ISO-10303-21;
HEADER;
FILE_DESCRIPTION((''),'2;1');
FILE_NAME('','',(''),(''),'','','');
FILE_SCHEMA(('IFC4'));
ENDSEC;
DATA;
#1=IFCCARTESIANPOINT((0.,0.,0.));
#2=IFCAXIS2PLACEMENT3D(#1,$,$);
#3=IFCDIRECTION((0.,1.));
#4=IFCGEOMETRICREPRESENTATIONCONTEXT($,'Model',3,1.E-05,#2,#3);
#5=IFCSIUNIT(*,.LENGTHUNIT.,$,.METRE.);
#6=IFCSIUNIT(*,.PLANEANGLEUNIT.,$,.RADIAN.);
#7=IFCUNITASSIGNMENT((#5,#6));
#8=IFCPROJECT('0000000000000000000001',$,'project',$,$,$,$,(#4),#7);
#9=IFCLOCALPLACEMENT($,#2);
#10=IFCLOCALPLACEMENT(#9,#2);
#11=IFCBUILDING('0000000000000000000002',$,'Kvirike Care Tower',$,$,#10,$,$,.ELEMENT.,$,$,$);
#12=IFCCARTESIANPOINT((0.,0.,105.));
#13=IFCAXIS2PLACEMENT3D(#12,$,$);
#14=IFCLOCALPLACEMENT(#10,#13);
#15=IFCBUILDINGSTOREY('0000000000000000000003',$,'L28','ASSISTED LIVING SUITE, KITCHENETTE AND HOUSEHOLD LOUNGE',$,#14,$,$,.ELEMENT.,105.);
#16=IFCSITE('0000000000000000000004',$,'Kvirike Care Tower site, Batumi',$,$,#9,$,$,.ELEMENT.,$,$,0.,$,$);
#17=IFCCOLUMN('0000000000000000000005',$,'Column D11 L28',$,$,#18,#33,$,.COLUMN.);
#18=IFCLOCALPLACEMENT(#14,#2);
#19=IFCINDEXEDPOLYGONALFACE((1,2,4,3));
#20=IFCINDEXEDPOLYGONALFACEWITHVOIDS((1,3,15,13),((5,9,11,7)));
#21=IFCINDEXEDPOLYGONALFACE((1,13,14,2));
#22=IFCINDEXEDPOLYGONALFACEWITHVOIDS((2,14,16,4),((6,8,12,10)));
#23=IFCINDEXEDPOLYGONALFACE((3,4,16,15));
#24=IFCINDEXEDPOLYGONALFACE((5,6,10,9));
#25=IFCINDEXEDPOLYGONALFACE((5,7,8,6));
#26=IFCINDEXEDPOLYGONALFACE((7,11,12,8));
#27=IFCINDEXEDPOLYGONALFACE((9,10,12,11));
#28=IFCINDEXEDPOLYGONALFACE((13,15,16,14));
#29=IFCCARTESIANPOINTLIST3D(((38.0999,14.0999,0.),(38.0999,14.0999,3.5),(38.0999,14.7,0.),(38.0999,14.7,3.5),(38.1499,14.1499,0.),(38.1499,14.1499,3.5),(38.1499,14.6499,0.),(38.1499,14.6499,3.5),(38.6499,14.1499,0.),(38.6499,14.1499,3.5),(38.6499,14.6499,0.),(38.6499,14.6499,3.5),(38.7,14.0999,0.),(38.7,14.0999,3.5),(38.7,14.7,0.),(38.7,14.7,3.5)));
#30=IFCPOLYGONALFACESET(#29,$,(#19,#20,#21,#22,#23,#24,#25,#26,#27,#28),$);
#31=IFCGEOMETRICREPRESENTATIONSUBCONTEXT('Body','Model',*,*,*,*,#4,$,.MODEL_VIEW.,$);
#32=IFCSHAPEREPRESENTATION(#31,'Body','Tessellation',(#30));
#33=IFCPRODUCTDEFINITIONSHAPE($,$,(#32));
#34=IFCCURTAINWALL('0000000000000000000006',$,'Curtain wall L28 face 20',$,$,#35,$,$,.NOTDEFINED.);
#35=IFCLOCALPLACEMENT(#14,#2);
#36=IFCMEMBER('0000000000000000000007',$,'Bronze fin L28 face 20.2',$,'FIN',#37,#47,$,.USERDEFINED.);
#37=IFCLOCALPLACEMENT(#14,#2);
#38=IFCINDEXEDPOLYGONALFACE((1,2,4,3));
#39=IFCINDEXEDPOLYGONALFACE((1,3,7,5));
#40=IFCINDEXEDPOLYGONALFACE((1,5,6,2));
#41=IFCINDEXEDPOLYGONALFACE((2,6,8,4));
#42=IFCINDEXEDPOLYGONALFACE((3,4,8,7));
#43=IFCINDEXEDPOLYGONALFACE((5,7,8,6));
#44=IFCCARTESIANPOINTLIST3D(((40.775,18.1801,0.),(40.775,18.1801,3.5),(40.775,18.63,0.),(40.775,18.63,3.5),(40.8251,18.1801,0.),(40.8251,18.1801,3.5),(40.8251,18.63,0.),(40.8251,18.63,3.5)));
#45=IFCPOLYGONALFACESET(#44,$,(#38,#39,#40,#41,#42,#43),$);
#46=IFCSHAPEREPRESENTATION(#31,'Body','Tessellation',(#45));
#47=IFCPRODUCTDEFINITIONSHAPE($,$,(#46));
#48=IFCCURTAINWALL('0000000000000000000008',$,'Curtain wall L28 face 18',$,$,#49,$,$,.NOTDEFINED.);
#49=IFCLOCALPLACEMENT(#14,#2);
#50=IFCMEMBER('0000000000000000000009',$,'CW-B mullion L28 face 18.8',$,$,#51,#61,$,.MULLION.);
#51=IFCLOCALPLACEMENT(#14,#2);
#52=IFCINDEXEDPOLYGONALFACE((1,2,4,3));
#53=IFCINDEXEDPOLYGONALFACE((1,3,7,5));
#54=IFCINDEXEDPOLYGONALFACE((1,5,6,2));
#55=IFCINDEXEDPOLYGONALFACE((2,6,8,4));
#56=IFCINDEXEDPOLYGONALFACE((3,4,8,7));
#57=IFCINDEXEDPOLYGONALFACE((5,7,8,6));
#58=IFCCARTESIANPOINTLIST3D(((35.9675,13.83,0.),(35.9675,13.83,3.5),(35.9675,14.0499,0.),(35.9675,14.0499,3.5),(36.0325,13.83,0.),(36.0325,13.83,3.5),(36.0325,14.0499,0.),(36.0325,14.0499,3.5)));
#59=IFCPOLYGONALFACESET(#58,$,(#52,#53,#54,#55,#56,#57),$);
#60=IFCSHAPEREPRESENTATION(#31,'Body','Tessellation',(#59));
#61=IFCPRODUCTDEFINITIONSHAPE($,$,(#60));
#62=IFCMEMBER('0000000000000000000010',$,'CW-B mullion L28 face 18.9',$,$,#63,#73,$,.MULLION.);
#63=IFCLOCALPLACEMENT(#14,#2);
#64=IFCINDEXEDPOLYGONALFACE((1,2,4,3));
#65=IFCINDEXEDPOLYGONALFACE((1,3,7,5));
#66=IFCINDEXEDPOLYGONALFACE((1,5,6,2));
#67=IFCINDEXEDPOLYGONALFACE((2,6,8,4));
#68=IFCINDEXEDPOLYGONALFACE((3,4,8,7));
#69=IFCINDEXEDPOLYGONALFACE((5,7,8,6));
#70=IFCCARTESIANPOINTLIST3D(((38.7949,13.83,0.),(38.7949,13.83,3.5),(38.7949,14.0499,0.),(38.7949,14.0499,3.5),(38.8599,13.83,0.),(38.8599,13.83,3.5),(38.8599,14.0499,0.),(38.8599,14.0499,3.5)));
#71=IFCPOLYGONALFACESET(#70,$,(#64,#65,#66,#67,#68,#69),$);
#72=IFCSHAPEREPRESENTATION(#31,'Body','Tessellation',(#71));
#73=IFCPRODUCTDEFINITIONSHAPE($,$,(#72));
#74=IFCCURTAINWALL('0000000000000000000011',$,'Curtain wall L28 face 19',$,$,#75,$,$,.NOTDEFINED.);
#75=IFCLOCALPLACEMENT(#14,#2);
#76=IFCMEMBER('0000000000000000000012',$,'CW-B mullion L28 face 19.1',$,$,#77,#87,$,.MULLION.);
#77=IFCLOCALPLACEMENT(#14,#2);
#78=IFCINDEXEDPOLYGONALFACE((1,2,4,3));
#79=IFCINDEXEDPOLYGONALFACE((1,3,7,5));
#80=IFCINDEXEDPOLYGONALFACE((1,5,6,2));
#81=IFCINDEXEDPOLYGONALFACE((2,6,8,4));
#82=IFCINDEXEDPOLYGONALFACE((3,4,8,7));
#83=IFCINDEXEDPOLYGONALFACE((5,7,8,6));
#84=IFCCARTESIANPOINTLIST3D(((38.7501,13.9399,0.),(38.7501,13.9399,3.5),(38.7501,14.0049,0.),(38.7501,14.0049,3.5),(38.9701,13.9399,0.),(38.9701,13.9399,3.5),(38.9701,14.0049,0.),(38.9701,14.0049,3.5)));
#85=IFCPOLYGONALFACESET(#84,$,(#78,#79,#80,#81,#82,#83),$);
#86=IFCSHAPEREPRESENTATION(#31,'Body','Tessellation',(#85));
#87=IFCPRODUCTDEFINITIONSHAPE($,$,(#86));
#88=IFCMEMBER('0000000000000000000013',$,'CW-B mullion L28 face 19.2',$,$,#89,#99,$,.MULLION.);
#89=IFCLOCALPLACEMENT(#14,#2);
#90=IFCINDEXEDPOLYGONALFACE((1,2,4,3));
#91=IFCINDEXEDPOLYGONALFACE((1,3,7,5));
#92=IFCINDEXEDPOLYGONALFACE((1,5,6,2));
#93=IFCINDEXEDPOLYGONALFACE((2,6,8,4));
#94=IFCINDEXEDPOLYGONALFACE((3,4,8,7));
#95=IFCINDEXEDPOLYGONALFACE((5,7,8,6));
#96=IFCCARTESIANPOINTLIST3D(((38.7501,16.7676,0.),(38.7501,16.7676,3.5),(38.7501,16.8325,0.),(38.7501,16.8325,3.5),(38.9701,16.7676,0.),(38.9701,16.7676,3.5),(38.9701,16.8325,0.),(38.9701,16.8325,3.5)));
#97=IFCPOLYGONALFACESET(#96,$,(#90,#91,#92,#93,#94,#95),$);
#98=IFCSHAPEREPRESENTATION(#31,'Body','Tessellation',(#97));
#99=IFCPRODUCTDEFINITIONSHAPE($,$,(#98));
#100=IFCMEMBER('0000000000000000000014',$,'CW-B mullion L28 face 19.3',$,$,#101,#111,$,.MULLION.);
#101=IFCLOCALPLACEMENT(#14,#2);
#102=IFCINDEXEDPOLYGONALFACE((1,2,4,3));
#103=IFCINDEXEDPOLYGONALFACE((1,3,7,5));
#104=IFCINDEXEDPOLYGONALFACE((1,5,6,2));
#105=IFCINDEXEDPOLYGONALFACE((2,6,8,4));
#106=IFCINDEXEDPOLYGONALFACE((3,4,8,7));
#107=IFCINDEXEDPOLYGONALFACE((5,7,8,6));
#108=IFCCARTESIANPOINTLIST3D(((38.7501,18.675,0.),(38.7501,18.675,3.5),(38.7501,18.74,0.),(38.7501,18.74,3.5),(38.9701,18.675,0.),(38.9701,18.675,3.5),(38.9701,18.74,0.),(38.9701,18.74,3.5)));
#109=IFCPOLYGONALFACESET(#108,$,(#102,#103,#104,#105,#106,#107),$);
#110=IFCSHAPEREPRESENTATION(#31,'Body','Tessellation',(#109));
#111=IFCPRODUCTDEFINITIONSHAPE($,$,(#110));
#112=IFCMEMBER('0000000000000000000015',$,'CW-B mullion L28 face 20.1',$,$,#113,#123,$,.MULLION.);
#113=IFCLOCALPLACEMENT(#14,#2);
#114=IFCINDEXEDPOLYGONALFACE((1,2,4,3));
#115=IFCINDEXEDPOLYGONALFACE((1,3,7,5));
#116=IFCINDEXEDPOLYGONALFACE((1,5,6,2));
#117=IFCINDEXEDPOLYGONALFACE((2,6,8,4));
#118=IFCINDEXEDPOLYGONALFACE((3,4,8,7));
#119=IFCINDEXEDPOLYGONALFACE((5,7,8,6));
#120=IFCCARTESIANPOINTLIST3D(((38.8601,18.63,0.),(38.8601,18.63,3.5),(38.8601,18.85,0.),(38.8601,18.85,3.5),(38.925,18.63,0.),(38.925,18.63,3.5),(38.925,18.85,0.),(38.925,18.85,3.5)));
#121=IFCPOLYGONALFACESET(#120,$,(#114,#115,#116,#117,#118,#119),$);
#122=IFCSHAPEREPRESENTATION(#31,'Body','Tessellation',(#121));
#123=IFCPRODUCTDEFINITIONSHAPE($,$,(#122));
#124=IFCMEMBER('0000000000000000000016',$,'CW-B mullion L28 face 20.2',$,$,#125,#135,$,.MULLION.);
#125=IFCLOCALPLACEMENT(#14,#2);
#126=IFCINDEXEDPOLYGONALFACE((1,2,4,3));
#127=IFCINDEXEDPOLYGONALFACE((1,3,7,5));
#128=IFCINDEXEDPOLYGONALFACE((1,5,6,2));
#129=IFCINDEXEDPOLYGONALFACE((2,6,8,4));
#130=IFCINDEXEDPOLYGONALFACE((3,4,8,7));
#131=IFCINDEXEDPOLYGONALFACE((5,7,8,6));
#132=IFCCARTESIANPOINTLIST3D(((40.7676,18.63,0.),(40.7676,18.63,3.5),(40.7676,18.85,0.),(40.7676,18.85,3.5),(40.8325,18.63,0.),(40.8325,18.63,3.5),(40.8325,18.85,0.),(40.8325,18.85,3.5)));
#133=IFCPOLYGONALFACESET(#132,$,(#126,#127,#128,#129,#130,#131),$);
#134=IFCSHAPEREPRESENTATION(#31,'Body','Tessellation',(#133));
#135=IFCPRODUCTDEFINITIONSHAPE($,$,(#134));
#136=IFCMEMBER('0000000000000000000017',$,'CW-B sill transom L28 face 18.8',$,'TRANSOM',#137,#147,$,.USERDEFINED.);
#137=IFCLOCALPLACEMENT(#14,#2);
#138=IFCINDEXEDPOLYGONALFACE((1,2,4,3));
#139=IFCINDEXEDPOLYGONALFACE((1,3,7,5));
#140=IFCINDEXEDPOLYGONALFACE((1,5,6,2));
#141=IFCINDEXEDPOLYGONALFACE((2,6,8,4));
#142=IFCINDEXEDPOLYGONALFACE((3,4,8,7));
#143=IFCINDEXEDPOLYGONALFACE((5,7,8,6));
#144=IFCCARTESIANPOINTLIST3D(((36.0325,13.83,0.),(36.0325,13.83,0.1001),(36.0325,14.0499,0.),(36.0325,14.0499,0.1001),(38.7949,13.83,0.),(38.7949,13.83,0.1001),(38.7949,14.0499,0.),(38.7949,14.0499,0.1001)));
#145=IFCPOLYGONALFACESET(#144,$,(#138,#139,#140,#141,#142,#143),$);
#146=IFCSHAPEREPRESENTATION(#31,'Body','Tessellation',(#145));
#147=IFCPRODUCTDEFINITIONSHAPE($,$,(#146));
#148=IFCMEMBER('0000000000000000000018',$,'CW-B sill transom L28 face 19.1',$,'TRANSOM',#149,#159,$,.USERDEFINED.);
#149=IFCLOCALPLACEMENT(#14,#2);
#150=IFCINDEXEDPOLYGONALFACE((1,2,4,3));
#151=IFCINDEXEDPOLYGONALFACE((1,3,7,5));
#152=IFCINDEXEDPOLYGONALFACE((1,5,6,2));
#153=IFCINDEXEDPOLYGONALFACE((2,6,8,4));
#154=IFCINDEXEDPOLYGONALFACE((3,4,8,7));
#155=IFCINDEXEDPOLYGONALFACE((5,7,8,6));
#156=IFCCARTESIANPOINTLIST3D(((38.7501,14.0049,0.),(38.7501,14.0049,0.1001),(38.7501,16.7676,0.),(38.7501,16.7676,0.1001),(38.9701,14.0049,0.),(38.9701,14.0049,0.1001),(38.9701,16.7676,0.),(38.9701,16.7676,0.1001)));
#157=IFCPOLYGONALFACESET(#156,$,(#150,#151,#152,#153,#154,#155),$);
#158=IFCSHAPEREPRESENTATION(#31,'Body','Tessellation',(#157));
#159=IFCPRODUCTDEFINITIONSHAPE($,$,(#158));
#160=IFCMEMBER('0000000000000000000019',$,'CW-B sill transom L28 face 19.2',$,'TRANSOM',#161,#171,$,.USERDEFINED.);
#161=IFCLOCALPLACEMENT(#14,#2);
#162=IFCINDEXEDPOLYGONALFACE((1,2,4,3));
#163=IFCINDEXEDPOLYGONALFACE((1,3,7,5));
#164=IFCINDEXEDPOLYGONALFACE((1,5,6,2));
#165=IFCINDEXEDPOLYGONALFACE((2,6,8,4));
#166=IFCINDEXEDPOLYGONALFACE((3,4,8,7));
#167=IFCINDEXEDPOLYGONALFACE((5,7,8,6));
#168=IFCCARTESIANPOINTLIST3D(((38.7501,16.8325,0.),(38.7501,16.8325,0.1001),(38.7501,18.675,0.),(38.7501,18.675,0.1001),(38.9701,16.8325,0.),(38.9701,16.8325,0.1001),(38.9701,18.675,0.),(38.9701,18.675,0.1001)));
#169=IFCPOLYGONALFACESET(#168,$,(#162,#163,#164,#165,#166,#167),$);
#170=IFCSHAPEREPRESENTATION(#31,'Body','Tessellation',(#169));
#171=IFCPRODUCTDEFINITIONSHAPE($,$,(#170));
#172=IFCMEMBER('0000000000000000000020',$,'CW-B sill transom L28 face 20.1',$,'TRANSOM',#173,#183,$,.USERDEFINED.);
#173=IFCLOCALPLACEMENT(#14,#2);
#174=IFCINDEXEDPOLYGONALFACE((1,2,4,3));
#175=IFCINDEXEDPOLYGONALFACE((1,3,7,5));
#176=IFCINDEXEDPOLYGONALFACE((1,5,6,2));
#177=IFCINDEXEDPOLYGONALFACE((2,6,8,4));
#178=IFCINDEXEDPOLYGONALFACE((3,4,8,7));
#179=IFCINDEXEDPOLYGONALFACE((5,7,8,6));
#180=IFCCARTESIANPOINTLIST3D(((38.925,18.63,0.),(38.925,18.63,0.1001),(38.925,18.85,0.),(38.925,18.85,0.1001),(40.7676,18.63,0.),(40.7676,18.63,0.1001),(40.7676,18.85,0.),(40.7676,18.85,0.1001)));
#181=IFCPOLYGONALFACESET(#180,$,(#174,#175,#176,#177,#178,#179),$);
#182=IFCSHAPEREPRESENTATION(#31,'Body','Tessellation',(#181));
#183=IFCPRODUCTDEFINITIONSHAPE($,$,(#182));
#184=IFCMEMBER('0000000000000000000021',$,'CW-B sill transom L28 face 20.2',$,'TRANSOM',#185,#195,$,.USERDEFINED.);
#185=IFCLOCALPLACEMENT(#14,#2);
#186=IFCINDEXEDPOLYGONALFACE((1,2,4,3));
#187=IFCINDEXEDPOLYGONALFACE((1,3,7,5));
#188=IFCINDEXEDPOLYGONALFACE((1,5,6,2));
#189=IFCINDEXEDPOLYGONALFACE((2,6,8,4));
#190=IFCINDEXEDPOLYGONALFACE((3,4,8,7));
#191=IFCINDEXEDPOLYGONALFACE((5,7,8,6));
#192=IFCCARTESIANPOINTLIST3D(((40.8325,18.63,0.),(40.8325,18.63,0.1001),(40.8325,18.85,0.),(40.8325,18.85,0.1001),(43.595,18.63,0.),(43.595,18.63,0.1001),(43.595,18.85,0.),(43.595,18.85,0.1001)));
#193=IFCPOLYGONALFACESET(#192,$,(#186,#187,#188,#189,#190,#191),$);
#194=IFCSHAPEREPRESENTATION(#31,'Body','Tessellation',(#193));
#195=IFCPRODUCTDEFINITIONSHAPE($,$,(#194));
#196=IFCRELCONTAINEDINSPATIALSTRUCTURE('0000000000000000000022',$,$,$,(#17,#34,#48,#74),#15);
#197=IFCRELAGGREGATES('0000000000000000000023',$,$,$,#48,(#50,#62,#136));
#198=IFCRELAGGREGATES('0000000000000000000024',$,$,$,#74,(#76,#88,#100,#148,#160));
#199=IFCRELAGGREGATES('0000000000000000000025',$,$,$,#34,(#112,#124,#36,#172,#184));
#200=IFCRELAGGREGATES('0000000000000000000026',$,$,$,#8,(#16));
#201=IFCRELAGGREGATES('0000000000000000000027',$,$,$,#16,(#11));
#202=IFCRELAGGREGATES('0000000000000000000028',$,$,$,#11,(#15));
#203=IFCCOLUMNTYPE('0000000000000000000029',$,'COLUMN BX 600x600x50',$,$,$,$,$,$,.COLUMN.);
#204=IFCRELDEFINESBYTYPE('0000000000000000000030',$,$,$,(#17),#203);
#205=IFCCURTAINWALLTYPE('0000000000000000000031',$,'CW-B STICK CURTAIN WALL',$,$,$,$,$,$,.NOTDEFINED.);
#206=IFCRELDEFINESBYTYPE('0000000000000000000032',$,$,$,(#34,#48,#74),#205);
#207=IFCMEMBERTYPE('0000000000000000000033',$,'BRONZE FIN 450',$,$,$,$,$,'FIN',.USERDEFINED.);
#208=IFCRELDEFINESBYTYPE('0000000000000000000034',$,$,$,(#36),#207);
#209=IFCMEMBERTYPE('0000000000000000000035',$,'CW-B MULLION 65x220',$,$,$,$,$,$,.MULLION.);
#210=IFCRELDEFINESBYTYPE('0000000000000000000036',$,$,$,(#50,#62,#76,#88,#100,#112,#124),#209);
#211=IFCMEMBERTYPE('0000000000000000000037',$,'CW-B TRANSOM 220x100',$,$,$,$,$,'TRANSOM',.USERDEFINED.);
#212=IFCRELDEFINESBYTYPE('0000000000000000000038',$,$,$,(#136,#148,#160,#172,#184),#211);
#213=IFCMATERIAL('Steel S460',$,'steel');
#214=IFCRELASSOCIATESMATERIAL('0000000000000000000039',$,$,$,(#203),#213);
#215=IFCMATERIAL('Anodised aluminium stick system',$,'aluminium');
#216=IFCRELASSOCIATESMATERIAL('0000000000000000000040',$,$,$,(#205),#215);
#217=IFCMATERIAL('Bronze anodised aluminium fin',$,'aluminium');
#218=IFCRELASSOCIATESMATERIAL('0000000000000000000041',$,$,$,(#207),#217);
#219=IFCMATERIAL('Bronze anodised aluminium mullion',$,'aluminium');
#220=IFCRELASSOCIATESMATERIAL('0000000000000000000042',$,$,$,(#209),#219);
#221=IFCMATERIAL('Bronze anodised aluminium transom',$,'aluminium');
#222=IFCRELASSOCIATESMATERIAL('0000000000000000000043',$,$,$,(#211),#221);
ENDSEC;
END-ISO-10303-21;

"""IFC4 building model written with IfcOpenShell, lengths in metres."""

from ifc_helpers import new_model, si_unit, direction, frame, origin, origin_2d, place, context, subcontext, project, spatial, rectangle, hollow_rectangle, extrude, material, material_profile, profile_set, type_object, element, aggregate, save


model = new_model("IFC4")

# Units and contexts
model_context = context("Model", 3, precision=1e-05, world=origin(), true_north=direction((0.0, 1.0)))
body_context = subcontext(model_context, "Body", "Model", "MODEL_VIEW")
ifc_project = project(units=[si_unit("LENGTHUNIT", "METRE"), si_unit("PLANEANGLEUNIT", "RADIAN")], contexts=[model_context])

# Site, building, storey
site_placement = place(None, origin())
site = spatial("IfcSite", under=ifc_project, at=site_placement, Name="Kvirike Care Tower site, Batumi", CompositionType="ELEMENT", RefElevation=0.0)
building_placement = place(site_placement, origin())
building = spatial("IfcBuilding", under=site, at=building_placement, Name="Kvirike Care Tower", CompositionType="ELEMENT")
storey_placement = place(building_placement, frame((0.0, 0.0, 105.0)))
storey = spatial("IfcBuildingStorey", under=building, at=storey_placement, Name="L28", Description="ASSISTED LIVING SUITE, KITCHENETTE AND HOUSEHOLD LOUNGE", CompositionType="ELEMENT", Elevation=105.0)

# Column
ifc_material_1 = material(Name="Steel S460", Category="steel")
ifc_material_profile_1 = material_profile(ifc_material_1, hollow_rectangle(XDim=0.6001, YDim=0.6001, WallThickness=0.05, at=origin_2d()), Name="BX 600x600x50")
ifc_profile_set_1 = profile_set([ifc_material_profile_1], Name="Steel S460")
column_type = type_object("IfcColumnType", Name="COLUMN BX 600x600x50", PredefinedType="COLUMN", material=ifc_profile_set_1)
column_placement = place(storey_placement, frame((38.3999, 14.3999, 0.0), z_axis=(0.0, 0.0, 1.0), x_axis=(0.0, 1.0, 0.0)))
element("IfcColumn", 1, at=column_placement, inside=storey, type_object=column_type, Name="Column D11 L28", PredefinedType="COLUMN", context=body_context, shape_type="SweptSolid", body=[
    extrude(hollow_rectangle(XDim=0.6001, YDim=0.6001, WallThickness=0.05, at=origin_2d()), origin(), (0.0, 0.0, 1.0), 3.5),
])

# Curtain wall, member
ifc_material_2 = material(Name="Anodised aluminium stick system", Category="aluminium")
curtain_wall_type = type_object("IfcCurtainWallType", Name="CW-B STICK CURTAIN WALL", PredefinedType="NOTDEFINED", material=ifc_material_2)
curtain_wall_1_placement = place(storey_placement, origin())
curtain_wall_1 = element("IfcCurtainWall", 2, at=curtain_wall_1_placement, inside=storey, type_object=curtain_wall_type, Name="Curtain wall L28 face 20", PredefinedType="NOTDEFINED")
ifc_material_3 = material(Name="Bronze anodised aluminium fin", Category="aluminium")
ifc_material_profile_2 = material_profile(ifc_material_3, rectangle(XDim=0.05, YDim=0.45, at=origin_2d()), Name="BRONZE FIN 450")
ifc_profile_set_2 = profile_set([ifc_material_profile_2], Name="Bronze anodised aluminium fin")
member_type_1 = type_object("IfcMemberType", Name="BRONZE FIN 450", ElementType="FIN", PredefinedType="USERDEFINED", material=ifc_profile_set_2)
member_1_placement = place(storey_placement, frame((40.8, 18.405, 0.0), z_axis=(0.0, 0.0, 1.0), x_axis=(1.0, 0.0, 0.0)))
member_1 = element("IfcMember", 3, at=member_1_placement, type_object=member_type_1, Name="Bronze fin L28 face 20.2", ObjectType="FIN", PredefinedType="USERDEFINED", context=body_context, shape_type="SweptSolid", body=[
    extrude(rectangle(XDim=0.05, YDim=0.45, at=origin_2d()), origin(), (0.0, 0.0, 1.0), 3.5),
])

# Curtain walls, members
curtain_wall_2_placement = place(storey_placement, origin())
curtain_wall_2 = element("IfcCurtainWall", 4, at=curtain_wall_2_placement, inside=storey, type_object=curtain_wall_type, Name="Curtain wall L28 face 18", PredefinedType="NOTDEFINED")
ifc_material_4 = material(Name="Bronze anodised aluminium mullion", Category="aluminium")
ifc_material_profile_3 = material_profile(ifc_material_4, rectangle(XDim=0.0649, YDim=0.22, at=origin_2d()), Name="CW-B MULLION 65x220")
ifc_profile_set_3 = profile_set([ifc_material_profile_3], Name="Bronze anodised aluminium mullion")
member_type_2 = type_object("IfcMemberType", Name="CW-B MULLION 65x220", PredefinedType="MULLION", material=ifc_profile_set_3)
member_2_placement = place(storey_placement, frame((36.0, 13.9399, 0.0), z_axis=(0.0, 0.0, 1.0), x_axis=(1.0, 0.0, 0.0)))
member_2 = element("IfcMember", 5, at=member_2_placement, type_object=member_type_2, Name="CW-B mullion L28 face 18.8", PredefinedType="MULLION", context=body_context, shape_type="SweptSolid", body=[
    extrude(rectangle(XDim=0.0649, YDim=0.22, at=origin_2d()), origin(), (0.0, 0.0, 1.0), 3.5),
])
member_3_placement = place(storey_placement, frame((38.8274, 13.9399, 0.0), z_axis=(0.0, 0.0, 1.0), x_axis=(1.0, 0.0, 0.0)))
member_3 = element("IfcMember", 6, at=member_3_placement, type_object=member_type_2, Name="CW-B mullion L28 face 18.9", PredefinedType="MULLION", context=body_context, shape_type="SweptSolid", body=[
    extrude(rectangle(XDim=0.0649, YDim=0.22, at=origin_2d()), origin(), (0.0, 0.0, 1.0), 3.5),
])
curtain_wall_3_placement = place(storey_placement, origin())
curtain_wall_3 = element("IfcCurtainWall", 7, at=curtain_wall_3_placement, inside=storey, type_object=curtain_wall_type, Name="Curtain wall L28 face 19", PredefinedType="NOTDEFINED")
member_4_placement = place(storey_placement, frame((38.8601, 13.9724, 0.0), z_axis=(0.0, 0.0, 1.0), x_axis=(0.0, 1.0, 0.0)))
member_4 = element("IfcMember", 8, at=member_4_placement, type_object=member_type_2, Name="CW-B mullion L28 face 19.1", PredefinedType="MULLION", context=body_context, shape_type="SweptSolid", body=[
    extrude(rectangle(XDim=0.0649, YDim=0.22, at=origin_2d()), origin(), (0.0, 0.0, 1.0), 3.5),
])
member_5_placement = place(storey_placement, frame((38.8601, 16.8, 0.0), z_axis=(0.0, 0.0, 1.0), x_axis=(0.0, 1.0, 0.0)))
member_5 = element("IfcMember", 9, at=member_5_placement, type_object=member_type_2, Name="CW-B mullion L28 face 19.2", PredefinedType="MULLION", context=body_context, shape_type="SweptSolid", body=[
    extrude(rectangle(XDim=0.0649, YDim=0.22, at=origin_2d()), origin(), (0.0, 0.0, 1.0), 3.5),
])
member_6_placement = place(storey_placement, frame((38.8601, 18.7075, 0.0), z_axis=(0.0, 0.0, 1.0), x_axis=(0.0, 1.0, 0.0)))
member_6 = element("IfcMember", 10, at=member_6_placement, type_object=member_type_2, Name="CW-B mullion L28 face 19.3", PredefinedType="MULLION", context=body_context, shape_type="SweptSolid", body=[
    extrude(rectangle(XDim=0.0649, YDim=0.22, at=origin_2d()), origin(), (0.0, 0.0, 1.0), 3.5),
])

# Members
member_7_placement = place(storey_placement, frame((38.8926, 18.74, 0.0), z_axis=(0.0, 0.0, 1.0), x_axis=(1.0, 0.0, 0.0)))
member_7 = element("IfcMember", 11, at=member_7_placement, type_object=member_type_2, Name="CW-B mullion L28 face 20.1", PredefinedType="MULLION", context=body_context, shape_type="SweptSolid", body=[
    extrude(rectangle(XDim=0.0649, YDim=0.22, at=origin_2d()), origin(), (0.0, 0.0, 1.0), 3.5),
])
member_8_placement = place(storey_placement, frame((40.8, 18.74, 0.0), z_axis=(0.0, 0.0, 1.0), x_axis=(1.0, 0.0, 0.0)))
member_8 = element("IfcMember", 12, at=member_8_placement, type_object=member_type_2, Name="CW-B mullion L28 face 20.2", PredefinedType="MULLION", context=body_context, shape_type="SweptSolid", body=[
    extrude(rectangle(XDim=0.0649, YDim=0.22, at=origin_2d()), origin(), (0.0, 0.0, 1.0), 3.5),
])
ifc_material_5 = material(Name="Bronze anodised aluminium transom", Category="aluminium")
ifc_material_profile_4 = material_profile(ifc_material_5, rectangle(XDim=0.22, YDim=0.1001, at=origin_2d()), Name="CW-B TRANSOM 220x100")
ifc_profile_set_4 = profile_set([ifc_material_profile_4], Name="Bronze anodised aluminium transom")
member_type_3 = type_object("IfcMemberType", Name="CW-B TRANSOM 220x100", ElementType="TRANSOM", PredefinedType="USERDEFINED", material=ifc_profile_set_4)
member_9_placement = place(storey_placement, frame((36.0325, 13.9399, 0.05), z_axis=(1.0, 0.0, 0.0), x_axis=(0.0, 1.0, 0.0)))
member_9 = element("IfcMember", 13, at=member_9_placement, type_object=member_type_3, Name="CW-B sill transom L28 face 18.8", ObjectType="TRANSOM", PredefinedType="USERDEFINED", context=body_context, shape_type="SweptSolid", body=[
    extrude(rectangle(XDim=0.22, YDim=0.1001, at=origin_2d()), origin(), (0.0, 0.0, 1.0), 2.7625),
])
member_10_placement = place(storey_placement, frame((38.8601, 14.0049, 0.05), z_axis=(0.0, 1.0, 0.0), x_axis=(-1.0, 0.0, 0.0)))
member_10 = element("IfcMember", 14, at=member_10_placement, type_object=member_type_3, Name="CW-B sill transom L28 face 19.1", ObjectType="TRANSOM", PredefinedType="USERDEFINED", context=body_context, shape_type="SweptSolid", body=[
    extrude(rectangle(XDim=0.22, YDim=0.1001, at=origin_2d()), origin(), (0.0, 0.0, 1.0), 2.7627),
])
member_11_placement = place(storey_placement, frame((38.8601, 16.8325, 0.05), z_axis=(0.0, 1.0, 0.0), x_axis=(-1.0, 0.0, 0.0)))
member_11 = element("IfcMember", 15, at=member_11_placement, type_object=member_type_3, Name="CW-B sill transom L28 face 19.2", ObjectType="TRANSOM", PredefinedType="USERDEFINED", context=body_context, shape_type="SweptSolid", body=[
    extrude(rectangle(XDim=0.22, YDim=0.1001, at=origin_2d()), origin(), (0.0, 0.0, 1.0), 1.8425),
])
member_12_placement = place(storey_placement, frame((38.925, 18.74, 0.05), z_axis=(1.0, 0.0, 0.0), x_axis=(0.0, 1.0, 0.0)))
member_12 = element("IfcMember", 16, at=member_12_placement, type_object=member_type_3, Name="CW-B sill transom L28 face 20.1", ObjectType="TRANSOM", PredefinedType="USERDEFINED", context=body_context, shape_type="SweptSolid", body=[
    extrude(rectangle(XDim=0.22, YDim=0.1001, at=origin_2d()), origin(), (0.0, 0.0, 1.0), 1.8425),
])
member_13_placement = place(storey_placement, frame((40.8325, 18.74, 0.05), z_axis=(1.0, 0.0, 0.0), x_axis=(0.0, 1.0, 0.0)))
member_13 = element("IfcMember", 17, at=member_13_placement, type_object=member_type_3, Name="CW-B sill transom L28 face 20.2", ObjectType="TRANSOM", PredefinedType="USERDEFINED", context=body_context, shape_type="SweptSolid", body=[
    extrude(rectangle(XDim=0.22, YDim=0.1001, at=origin_2d()), origin(), (0.0, 0.0, 1.0), 2.7625),
])

aggregate(curtain_wall_2, [member_2, member_3, member_9])
aggregate(curtain_wall_3, [member_4, member_5, member_6, member_10, member_11])
aggregate(curtain_wall_1, [member_7, member_8, member_1, member_12, member_13])

save(model, "model.ifc")
